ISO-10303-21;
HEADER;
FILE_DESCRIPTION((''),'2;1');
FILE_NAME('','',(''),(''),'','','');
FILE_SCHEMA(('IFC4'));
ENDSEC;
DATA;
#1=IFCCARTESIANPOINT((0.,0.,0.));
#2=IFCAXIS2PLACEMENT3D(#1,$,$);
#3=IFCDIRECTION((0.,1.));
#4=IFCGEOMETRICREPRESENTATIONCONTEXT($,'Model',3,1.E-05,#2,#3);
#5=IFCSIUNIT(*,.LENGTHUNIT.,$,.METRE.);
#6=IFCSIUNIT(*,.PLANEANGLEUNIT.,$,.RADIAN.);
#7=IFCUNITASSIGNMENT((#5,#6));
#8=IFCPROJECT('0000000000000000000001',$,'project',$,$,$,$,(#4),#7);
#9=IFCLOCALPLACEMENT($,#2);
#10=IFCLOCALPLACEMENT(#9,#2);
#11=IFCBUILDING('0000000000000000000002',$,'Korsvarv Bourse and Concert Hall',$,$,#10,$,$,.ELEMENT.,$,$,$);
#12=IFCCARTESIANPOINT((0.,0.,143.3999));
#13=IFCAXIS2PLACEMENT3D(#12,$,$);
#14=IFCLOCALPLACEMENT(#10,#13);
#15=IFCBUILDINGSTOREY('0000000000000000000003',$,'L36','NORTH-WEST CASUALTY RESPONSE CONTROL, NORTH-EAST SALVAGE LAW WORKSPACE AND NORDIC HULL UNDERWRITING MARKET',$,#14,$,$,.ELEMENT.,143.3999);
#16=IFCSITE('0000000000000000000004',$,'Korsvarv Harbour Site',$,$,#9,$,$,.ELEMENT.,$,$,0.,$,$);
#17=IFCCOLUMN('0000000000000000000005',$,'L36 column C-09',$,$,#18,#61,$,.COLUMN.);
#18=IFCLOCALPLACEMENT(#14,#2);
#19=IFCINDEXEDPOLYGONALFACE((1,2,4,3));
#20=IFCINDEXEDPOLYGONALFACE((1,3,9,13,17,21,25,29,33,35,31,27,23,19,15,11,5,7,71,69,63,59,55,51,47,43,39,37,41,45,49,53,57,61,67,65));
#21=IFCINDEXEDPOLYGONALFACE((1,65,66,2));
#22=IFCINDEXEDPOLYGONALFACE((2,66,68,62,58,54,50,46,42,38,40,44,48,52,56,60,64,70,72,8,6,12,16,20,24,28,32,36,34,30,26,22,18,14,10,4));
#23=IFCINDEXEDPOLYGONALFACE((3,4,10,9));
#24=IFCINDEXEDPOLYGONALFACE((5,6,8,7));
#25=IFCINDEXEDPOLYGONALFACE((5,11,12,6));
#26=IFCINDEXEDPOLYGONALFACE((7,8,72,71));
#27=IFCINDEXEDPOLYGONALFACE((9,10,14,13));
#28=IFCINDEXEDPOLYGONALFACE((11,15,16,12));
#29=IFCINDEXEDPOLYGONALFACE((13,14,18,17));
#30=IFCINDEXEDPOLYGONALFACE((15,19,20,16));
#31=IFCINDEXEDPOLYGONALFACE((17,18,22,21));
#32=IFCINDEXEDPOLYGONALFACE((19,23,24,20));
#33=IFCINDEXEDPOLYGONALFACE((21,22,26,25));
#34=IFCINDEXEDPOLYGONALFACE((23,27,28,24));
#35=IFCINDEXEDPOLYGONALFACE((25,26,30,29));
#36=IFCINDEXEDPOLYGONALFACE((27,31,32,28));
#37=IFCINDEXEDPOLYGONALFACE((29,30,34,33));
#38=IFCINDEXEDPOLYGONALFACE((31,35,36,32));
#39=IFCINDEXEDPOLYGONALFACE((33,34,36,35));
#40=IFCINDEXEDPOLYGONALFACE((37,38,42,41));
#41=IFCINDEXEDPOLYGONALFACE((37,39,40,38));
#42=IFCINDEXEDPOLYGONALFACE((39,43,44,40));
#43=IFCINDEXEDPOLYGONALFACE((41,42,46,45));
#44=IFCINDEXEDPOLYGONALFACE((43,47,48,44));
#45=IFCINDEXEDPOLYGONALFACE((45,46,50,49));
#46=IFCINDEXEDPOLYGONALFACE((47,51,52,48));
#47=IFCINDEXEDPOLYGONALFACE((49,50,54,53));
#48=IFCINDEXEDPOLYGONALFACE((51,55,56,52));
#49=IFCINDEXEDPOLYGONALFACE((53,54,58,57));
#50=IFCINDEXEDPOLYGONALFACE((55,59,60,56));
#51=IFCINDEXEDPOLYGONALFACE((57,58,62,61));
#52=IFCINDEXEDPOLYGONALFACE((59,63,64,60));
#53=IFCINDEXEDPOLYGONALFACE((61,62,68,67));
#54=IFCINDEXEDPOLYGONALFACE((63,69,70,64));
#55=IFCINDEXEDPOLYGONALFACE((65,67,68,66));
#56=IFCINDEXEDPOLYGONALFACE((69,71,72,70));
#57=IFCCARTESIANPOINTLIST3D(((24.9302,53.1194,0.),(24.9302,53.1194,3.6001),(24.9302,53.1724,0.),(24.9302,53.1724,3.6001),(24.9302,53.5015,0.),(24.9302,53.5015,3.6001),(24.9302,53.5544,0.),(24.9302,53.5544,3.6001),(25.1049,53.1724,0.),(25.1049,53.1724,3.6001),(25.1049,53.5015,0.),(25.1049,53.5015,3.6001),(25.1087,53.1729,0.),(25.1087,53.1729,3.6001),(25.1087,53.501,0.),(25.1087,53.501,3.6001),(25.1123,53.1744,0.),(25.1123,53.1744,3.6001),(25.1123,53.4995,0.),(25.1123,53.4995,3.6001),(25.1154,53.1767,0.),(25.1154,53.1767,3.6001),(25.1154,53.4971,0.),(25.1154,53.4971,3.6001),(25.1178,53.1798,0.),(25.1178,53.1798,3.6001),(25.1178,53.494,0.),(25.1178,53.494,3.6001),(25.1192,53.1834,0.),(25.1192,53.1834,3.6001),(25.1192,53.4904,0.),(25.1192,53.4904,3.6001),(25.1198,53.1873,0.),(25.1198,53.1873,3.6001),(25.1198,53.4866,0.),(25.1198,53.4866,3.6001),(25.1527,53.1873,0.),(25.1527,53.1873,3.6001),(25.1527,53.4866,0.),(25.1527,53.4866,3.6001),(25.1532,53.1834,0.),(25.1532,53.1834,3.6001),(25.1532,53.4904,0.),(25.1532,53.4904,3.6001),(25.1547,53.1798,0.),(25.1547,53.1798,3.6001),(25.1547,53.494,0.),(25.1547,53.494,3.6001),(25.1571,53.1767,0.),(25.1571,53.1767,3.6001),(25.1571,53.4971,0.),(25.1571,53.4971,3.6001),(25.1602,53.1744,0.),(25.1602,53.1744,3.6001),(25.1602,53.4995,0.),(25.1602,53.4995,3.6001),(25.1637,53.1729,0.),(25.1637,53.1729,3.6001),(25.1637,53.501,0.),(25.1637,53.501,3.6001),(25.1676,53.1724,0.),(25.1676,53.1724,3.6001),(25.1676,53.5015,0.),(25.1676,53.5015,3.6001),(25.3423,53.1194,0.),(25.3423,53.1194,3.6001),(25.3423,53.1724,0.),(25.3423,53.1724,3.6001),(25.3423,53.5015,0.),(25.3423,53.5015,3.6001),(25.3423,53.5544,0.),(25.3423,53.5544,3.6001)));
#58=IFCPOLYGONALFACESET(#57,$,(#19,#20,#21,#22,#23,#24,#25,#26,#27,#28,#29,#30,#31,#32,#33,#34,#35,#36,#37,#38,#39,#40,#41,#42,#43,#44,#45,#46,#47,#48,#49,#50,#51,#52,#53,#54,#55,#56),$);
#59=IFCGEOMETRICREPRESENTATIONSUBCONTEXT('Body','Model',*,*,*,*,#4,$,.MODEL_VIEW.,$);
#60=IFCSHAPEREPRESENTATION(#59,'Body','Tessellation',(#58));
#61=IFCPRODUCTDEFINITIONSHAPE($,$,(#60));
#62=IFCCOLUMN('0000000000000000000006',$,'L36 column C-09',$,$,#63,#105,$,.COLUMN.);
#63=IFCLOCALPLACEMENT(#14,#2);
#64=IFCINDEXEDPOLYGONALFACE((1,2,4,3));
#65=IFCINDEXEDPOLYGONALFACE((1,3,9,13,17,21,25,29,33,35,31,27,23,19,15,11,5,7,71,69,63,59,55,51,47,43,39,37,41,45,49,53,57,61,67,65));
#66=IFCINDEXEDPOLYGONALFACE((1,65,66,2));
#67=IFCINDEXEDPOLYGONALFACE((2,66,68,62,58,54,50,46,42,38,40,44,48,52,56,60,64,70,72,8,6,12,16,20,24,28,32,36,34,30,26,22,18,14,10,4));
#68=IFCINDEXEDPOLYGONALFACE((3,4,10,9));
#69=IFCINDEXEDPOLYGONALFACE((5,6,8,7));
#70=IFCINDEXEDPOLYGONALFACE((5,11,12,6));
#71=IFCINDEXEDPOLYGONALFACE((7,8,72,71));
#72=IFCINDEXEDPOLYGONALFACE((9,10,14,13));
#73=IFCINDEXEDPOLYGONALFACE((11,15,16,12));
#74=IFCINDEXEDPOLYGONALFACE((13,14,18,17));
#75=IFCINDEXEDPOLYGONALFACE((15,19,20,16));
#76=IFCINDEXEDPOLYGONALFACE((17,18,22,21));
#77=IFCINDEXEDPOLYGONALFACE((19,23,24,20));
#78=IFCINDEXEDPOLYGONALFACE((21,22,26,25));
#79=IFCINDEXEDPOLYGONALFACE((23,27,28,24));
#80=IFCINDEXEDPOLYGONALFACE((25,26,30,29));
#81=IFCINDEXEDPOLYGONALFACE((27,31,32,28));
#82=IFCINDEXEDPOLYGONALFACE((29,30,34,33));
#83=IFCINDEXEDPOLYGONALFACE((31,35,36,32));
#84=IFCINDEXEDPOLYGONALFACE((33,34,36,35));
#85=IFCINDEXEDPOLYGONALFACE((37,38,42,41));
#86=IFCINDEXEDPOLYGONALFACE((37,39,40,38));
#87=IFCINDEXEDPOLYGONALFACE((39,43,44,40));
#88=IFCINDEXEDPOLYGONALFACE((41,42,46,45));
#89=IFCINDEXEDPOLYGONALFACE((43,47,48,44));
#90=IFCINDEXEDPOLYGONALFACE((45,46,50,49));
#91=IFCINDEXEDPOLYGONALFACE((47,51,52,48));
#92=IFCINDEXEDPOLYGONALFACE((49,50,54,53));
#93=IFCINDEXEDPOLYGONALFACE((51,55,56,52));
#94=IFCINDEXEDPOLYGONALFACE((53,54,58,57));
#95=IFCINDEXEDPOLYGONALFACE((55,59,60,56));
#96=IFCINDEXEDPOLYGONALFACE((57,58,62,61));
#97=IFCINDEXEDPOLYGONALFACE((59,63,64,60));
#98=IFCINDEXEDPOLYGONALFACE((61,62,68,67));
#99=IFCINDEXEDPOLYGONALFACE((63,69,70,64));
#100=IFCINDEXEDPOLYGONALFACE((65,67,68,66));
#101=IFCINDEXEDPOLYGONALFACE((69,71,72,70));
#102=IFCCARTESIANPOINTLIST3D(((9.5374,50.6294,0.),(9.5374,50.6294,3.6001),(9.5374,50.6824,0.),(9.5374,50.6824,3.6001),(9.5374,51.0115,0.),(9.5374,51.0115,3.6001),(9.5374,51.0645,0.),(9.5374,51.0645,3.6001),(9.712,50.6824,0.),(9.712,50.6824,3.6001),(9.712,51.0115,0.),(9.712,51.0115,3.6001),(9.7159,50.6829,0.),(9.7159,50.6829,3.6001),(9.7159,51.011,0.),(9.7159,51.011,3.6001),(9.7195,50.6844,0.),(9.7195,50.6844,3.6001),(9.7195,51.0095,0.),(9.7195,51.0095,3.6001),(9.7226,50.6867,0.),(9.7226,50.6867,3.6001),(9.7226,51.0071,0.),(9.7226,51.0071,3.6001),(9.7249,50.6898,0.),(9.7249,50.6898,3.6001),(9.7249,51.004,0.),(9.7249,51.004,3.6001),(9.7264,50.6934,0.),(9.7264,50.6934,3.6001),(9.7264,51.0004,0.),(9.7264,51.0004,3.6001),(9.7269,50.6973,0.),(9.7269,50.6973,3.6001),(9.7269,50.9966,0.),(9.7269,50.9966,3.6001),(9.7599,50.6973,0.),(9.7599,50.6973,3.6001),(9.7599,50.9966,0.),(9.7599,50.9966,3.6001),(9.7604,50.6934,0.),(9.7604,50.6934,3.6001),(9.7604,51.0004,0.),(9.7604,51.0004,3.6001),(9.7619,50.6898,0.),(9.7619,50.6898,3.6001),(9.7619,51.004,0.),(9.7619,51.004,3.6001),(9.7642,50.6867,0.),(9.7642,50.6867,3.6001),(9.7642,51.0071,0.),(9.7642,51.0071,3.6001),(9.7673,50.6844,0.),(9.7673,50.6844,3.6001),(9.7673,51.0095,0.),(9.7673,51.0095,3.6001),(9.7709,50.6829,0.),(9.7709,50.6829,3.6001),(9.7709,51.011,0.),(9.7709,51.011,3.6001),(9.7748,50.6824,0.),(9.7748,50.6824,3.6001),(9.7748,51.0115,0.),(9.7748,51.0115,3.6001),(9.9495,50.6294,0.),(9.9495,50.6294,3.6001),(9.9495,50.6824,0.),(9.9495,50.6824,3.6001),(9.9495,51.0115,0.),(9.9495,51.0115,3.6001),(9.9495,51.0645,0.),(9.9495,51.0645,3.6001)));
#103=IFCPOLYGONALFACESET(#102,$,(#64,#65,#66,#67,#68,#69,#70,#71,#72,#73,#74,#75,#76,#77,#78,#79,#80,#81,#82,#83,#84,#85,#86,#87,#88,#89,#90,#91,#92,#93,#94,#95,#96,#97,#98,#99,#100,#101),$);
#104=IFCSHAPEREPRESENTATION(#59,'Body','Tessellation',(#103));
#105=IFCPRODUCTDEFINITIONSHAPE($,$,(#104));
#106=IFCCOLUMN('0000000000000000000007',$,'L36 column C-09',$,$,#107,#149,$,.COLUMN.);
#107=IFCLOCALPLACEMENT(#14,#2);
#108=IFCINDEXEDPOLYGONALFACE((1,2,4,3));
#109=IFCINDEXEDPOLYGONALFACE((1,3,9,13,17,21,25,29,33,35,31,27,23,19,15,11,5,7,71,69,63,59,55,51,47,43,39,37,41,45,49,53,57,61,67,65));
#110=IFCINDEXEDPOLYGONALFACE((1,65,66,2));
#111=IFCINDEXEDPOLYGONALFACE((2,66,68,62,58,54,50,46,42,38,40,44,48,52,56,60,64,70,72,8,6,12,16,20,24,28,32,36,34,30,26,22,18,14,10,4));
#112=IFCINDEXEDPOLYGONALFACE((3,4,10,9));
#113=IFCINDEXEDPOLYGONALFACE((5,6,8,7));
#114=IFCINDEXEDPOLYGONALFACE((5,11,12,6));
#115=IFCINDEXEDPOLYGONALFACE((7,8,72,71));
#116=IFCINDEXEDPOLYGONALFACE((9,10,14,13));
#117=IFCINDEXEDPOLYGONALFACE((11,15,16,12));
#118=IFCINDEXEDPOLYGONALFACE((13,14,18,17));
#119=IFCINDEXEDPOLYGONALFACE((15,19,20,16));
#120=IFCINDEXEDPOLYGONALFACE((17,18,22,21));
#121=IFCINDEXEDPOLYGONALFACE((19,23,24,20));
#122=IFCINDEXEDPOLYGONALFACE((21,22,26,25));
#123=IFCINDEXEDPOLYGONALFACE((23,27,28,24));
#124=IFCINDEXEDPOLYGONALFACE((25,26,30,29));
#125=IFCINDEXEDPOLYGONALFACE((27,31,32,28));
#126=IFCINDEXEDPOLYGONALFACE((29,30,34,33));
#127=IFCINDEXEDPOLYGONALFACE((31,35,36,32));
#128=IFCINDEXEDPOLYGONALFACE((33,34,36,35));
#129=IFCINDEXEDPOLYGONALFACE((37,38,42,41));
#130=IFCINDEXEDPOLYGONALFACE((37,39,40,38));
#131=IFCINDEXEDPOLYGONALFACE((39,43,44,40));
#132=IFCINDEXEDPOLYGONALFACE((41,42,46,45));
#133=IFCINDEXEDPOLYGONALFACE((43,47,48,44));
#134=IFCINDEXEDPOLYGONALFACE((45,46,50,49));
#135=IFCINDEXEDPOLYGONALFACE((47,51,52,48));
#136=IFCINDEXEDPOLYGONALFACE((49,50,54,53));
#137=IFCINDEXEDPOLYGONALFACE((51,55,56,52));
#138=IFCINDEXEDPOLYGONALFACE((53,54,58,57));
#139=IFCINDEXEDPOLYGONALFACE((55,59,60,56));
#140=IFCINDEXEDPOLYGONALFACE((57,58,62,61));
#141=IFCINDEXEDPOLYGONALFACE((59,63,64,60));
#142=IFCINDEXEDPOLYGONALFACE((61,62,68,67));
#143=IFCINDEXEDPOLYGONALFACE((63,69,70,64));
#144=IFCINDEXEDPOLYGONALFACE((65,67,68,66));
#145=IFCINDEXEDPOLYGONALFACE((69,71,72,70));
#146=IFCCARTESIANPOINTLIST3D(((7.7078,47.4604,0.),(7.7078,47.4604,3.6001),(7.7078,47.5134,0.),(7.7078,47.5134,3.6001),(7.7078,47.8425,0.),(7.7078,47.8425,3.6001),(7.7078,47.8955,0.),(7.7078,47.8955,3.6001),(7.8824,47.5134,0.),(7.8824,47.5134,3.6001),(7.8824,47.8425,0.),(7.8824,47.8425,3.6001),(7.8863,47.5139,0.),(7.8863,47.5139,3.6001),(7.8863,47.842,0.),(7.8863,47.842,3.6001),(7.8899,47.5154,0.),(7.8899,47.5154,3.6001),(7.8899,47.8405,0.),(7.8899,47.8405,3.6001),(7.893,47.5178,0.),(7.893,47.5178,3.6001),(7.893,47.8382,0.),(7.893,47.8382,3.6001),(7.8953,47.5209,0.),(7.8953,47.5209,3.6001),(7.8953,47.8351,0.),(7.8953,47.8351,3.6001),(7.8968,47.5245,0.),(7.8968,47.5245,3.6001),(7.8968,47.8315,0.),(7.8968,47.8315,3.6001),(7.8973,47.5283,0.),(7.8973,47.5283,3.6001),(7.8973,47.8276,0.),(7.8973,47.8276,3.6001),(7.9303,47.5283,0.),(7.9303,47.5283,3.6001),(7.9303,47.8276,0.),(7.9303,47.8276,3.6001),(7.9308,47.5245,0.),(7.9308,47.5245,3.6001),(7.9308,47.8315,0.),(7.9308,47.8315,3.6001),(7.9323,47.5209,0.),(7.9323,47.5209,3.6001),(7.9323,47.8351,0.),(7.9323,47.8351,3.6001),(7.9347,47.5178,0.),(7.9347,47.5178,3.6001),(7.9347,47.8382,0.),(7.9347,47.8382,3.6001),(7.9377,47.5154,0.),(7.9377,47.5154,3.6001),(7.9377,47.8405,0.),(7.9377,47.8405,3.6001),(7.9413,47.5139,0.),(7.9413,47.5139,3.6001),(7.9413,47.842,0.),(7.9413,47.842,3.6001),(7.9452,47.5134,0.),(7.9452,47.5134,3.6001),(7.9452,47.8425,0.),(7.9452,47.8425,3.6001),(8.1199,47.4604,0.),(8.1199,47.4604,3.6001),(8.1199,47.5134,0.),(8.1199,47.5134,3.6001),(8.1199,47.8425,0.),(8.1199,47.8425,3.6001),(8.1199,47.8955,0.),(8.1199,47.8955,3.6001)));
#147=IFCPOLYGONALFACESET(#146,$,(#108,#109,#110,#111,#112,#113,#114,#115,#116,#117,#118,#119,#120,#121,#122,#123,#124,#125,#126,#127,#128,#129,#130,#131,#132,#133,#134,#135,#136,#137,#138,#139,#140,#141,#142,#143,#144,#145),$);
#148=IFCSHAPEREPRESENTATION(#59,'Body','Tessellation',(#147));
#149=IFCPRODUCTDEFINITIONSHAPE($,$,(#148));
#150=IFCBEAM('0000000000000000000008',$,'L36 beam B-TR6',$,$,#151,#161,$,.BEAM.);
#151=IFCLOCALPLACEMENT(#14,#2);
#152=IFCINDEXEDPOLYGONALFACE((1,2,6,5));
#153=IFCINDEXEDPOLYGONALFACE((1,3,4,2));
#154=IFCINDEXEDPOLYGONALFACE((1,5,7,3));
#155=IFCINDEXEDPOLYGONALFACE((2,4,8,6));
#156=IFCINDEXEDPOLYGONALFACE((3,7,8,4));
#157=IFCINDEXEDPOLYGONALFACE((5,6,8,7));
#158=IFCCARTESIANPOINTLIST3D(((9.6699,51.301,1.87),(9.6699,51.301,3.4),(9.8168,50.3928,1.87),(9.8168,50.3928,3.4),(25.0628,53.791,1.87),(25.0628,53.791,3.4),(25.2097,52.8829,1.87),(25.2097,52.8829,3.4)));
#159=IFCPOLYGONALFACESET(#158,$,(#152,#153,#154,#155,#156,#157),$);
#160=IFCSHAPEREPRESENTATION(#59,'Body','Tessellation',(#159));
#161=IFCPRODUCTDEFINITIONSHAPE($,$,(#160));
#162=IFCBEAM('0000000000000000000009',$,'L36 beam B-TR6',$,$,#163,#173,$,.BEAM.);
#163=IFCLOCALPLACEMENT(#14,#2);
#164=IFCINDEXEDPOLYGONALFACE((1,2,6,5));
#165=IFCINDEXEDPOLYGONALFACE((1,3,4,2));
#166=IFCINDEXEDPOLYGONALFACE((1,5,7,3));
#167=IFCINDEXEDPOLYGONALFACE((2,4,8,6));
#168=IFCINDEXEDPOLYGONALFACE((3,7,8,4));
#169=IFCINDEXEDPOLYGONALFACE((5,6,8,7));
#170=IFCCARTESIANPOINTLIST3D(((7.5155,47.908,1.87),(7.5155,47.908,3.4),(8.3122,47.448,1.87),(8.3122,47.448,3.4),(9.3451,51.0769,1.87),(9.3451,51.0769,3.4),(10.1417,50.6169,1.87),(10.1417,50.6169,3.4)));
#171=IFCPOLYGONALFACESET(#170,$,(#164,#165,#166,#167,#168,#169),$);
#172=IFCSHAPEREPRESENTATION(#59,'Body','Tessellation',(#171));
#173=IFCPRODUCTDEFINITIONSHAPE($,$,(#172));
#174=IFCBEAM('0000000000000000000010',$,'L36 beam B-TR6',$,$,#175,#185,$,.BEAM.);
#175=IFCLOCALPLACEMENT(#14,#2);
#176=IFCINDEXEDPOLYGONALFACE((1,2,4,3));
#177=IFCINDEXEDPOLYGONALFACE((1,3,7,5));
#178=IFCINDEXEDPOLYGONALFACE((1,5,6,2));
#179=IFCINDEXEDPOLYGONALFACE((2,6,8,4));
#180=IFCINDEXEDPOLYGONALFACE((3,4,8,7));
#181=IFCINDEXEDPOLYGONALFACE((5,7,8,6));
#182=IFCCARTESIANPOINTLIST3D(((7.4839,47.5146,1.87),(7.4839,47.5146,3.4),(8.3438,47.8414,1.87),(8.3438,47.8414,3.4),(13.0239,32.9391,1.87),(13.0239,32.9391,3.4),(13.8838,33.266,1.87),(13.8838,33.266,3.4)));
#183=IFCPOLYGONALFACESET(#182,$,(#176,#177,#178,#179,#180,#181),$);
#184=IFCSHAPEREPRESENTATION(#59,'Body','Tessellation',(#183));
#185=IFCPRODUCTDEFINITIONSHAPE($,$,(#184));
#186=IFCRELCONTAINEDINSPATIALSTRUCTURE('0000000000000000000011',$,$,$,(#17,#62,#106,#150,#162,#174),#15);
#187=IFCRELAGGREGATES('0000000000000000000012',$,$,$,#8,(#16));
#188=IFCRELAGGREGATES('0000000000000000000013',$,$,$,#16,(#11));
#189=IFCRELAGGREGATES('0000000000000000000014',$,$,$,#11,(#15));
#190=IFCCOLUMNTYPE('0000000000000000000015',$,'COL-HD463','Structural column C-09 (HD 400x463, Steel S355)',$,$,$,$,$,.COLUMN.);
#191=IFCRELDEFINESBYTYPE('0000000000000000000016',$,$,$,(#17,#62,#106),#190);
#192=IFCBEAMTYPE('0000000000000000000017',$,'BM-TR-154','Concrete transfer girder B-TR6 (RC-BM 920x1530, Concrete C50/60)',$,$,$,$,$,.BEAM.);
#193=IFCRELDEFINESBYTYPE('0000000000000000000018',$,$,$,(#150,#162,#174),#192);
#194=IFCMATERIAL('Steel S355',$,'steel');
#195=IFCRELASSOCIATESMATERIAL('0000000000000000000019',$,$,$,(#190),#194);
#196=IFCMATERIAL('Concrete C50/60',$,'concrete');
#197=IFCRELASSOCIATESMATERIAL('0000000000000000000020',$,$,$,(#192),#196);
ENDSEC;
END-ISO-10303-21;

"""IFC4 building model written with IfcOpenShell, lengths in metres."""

from ifc_helpers import new_model, si_unit, direction, frame, origin, origin_2d, place, context, subcontext, project, spatial, rectangle, i_section, extrude, source, transform, mapped, material, material_profile, profile_set, type_object, element, save


model = new_model("IFC4")

# Units and contexts
model_context = context("Model", 3, precision=1e-05, world=origin(), true_north=direction((0.0, 1.0)))
body_context = subcontext(model_context, "Body", "Model", "MODEL_VIEW")
ifc_project = project(units=[si_unit("LENGTHUNIT", "METRE"), si_unit("PLANEANGLEUNIT", "RADIAN")], contexts=[model_context])

# Site, building, storey
site_placement = place(None, origin())
site = spatial("IfcSite", under=ifc_project, at=site_placement, Name="Korsvarv Harbour Site", CompositionType="ELEMENT", RefElevation=0.0)
building_placement = place(site_placement, origin())
building = spatial("IfcBuilding", under=site, at=building_placement, Name="Korsvarv Bourse and Concert Hall", CompositionType="ELEMENT")
storey_placement = place(building_placement, frame((0.0, 0.0, 143.3999)))
storey = spatial("IfcBuildingStorey", under=building, at=storey_placement, Name="L36", Description="NORTH-WEST CASUALTY RESPONSE CONTROL, NORTH-EAST SALVAGE LAW WORKSPACE AND NORDIC HULL UNDERWRITING MARKET", CompositionType="ELEMENT", Elevation=143.3999)

# Columns
ifc_material_1 = material(Name="Steel S355", Category="steel")
ifc_material_profile_1 = material_profile(ifc_material_1, i_section(OverallWidth=0.4121, OverallDepth=0.4351, WebThickness=0.033, FlangeThickness=0.053, FilletRadius=0.0149, at=origin_2d()), Name="HD 400x463")
ifc_profile_set_1 = profile_set([ifc_material_profile_1], Name="Steel S355")
column_type = type_object("IfcColumnType", Name="COL-HD463", Description="Structural column C-09 (HD 400x463, Steel S355)", PredefinedType="COLUMN", material=ifc_profile_set_1)
shared_shape_1 = source(origin(), body_context, "Body", "SweptSolid", [
    extrude(i_section(OverallWidth=0.4121, OverallDepth=0.4351, WebThickness=0.033, FlangeThickness=0.053, FilletRadius=0.0149, at=origin_2d()), origin(), (0.0, 0.0, 1.0), 3.6001),
])
for number, where, z_axis, x_axis, name in (
    (1, (25.1362, 53.3369, 0.0), (0.0, 0.0, 1.0), (1.0, 0.0, 0.0), "L36 column C-09"),
    (2, (9.7434, 50.8469, 0.0), (0.0, 0.0, 1.0), (1.0, 0.0, 0.0), "L36 column C-09"),
    (3, (7.9138, 47.678, 0.0), (0.0, 0.0, 1.0), (1.0, 0.0, 0.0), "L36 column C-09"),
):
    element("IfcColumn", number, at=place(storey_placement, frame(where, z_axis=z_axis, x_axis=x_axis)), inside=storey, type_object=column_type, Name=name, PredefinedType="COLUMN", context=body_context, shape_type="MappedRepresentation", body=[
        mapped(shared_shape_1, transform((0.0, 0.0, 0.0), scale=1.0)),
    ])

# Beams
ifc_material_2 = material(Name="Concrete C50/60", Category="concrete")
ifc_material_profile_2 = material_profile(ifc_material_2, rectangle(XDim=0.9199, YDim=1.53, at=origin_2d()), Name="RC-BM 920x1530")
ifc_profile_set_2 = profile_set([ifc_material_profile_2], Name="Concrete C50/60")
beam_type_1 = type_object("IfcBeamType", Name="BM-TR-154", Description="Concrete transfer girder B-TR6 (RC-BM 920x1530, Concrete C50/60)", PredefinedType="BEAM", material=ifc_profile_set_2)
shared_shape_2 = source(origin(), body_context, "Body", "SweptSolid", [
    extrude(rectangle(XDim=0.9199, YDim=1.53, at=origin_2d()), origin(), (0.0, 0.0, 1.0), 15.593),
])
beam_1_placement = place(storey_placement, frame((25.1362, 53.3369, 2.635), z_axis=(-0.987168, -0.159687, 0.0), x_axis=(0.159687, -0.987168, 0.0)))
element("IfcBeam", 4, at=beam_1_placement, inside=storey, type_object=beam_type_1, Name="L36 beam B-TR6", PredefinedType="BEAM", context=body_context, shape_type="MappedRepresentation", body=[
    mapped(shared_shape_2, transform((0.0, 0.0, 0.0), scale=1.0)),
])
shared_shape_3 = source(origin(), body_context, "Body", "SweptSolid", [
    extrude(rectangle(XDim=0.9199, YDim=1.53, at=origin_2d()), origin(), (0.0, 0.0, 1.0), 3.6592),
])
beam_2_placement = place(storey_placement, frame((9.7434, 50.8469, 2.635), z_axis=(-0.5, -0.866026, 0.0), x_axis=(0.866026, -0.5, 0.0)))
element("IfcBeam", 5, at=beam_2_placement, inside=storey, type_object=beam_type_1, Name="L36 beam B-TR6", PredefinedType="BEAM", context=body_context, shape_type="MappedRepresentation", body=[
    mapped(shared_shape_3, transform((0.0, 0.0, 0.0), scale=1.0)),
])
shared_shape_4 = source(origin(), body_context, "Body", "SweptSolid", [
    extrude(rectangle(XDim=0.9199, YDim=1.53, at=origin_2d()), origin(), (0.0, 0.0, 1.0), 15.5928),
])
beam_3_placement = place(storey_placement, frame((7.9138, 47.678, 2.635), z_axis=(0.355295, -0.934754, 0.0), x_axis=(0.934754, 0.355295, 0.0)))
element("IfcBeam", 6, at=beam_3_placement, inside=storey, type_object=beam_type_1, Name="L36 beam B-TR6", PredefinedType="BEAM", context=body_context, shape_type="MappedRepresentation", body=[
    mapped(shared_shape_4, transform((0.0, 0.0, 0.0), scale=1.0)),
])

save(model, "model.ifc")
